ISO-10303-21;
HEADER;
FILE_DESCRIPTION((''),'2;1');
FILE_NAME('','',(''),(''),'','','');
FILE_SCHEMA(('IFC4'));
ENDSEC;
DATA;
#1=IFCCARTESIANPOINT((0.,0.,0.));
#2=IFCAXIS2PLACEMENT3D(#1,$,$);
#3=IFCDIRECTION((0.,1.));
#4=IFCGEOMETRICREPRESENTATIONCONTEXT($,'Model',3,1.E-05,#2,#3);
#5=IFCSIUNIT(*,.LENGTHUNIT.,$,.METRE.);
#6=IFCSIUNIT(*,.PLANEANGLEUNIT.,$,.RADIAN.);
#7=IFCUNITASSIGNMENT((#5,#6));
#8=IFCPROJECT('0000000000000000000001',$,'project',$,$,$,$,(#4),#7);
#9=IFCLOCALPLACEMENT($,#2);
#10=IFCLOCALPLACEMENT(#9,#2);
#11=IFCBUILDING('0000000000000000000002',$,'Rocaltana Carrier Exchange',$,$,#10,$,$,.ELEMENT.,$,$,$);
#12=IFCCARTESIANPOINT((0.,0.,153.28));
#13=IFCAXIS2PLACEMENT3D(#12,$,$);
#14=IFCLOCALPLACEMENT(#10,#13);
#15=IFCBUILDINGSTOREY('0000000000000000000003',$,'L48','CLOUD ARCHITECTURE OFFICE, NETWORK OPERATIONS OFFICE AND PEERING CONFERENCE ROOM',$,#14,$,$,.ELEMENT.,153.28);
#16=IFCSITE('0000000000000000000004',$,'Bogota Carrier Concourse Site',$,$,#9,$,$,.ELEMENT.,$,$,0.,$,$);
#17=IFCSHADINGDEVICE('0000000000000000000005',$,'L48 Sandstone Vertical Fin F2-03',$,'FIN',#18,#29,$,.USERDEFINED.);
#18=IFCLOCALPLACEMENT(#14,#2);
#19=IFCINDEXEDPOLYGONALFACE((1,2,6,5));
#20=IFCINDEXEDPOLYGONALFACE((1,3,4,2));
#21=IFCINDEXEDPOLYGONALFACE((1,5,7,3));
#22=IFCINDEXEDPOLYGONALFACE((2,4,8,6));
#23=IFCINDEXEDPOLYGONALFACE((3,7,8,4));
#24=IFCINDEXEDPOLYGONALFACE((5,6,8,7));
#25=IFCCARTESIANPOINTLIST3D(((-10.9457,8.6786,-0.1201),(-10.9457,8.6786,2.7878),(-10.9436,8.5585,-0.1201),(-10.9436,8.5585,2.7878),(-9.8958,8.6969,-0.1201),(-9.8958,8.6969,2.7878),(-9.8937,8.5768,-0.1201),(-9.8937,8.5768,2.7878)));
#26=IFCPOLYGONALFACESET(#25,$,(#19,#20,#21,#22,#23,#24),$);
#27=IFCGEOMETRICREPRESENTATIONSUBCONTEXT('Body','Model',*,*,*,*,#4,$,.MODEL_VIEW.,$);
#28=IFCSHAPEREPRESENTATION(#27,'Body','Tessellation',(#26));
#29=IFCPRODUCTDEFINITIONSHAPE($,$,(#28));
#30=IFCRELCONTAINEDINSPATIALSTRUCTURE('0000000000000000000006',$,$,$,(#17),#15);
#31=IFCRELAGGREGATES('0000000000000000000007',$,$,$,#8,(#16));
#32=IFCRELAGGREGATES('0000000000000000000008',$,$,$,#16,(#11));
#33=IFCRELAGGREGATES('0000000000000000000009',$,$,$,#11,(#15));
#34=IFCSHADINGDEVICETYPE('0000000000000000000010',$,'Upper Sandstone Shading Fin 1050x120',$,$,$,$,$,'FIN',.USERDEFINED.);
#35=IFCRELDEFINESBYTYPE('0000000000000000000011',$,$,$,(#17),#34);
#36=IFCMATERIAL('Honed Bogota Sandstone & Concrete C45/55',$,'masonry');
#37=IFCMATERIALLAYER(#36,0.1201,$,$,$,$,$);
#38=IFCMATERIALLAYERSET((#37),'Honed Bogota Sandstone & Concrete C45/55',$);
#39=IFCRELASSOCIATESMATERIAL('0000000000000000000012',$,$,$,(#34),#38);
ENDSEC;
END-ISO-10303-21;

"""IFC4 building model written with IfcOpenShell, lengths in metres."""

from ifc_helpers import new_model, si_unit, direction, frame, origin, origin_2d, place, context, subcontext, project, spatial, rectangle, extrude, material, layer, layer_set, type_object, element, save


model = new_model("IFC4")

# Units and contexts
model_context = context("Model", 3, precision=1e-05, world=origin(), true_north=direction((0.0, 1.0)))
body_context = subcontext(model_context, "Body", "Model", "MODEL_VIEW")
ifc_project = project(units=[si_unit("LENGTHUNIT", "METRE"), si_unit("PLANEANGLEUNIT", "RADIAN")], contexts=[model_context])

# Site, building, storey
site_placement = place(None, origin())
site = spatial("IfcSite", under=ifc_project, at=site_placement, Name="Bogota Carrier Concourse Site", CompositionType="ELEMENT", RefElevation=0.0)
building_placement = place(site_placement, origin())
building = spatial("IfcBuilding", under=site, at=building_placement, Name="Rocaltana Carrier Exchange", CompositionType="ELEMENT")
storey_placement = place(building_placement, frame((0.0, 0.0, 153.28)))
storey = spatial("IfcBuildingStorey", under=building, at=storey_placement, Name="L48", Description="CLOUD ARCHITECTURE OFFICE, NETWORK OPERATIONS OFFICE AND PEERING CONFERENCE ROOM", CompositionType="ELEMENT", Elevation=153.28)

# Shading device
ifc_material_1 = material(Name="Honed Bogota Sandstone & Concrete C45/55", Category="masonry")
ifc_layer_1 = layer(ifc_material_1, 0.1201)
ifc_layer_set_1 = layer_set([ifc_layer_1], Name="Honed Bogota Sandstone & Concrete C45/55")
shading_device_type = type_object("IfcShadingDeviceType", Name="Upper Sandstone Shading Fin 1050x120", ElementType="FIN", PredefinedType="USERDEFINED", material=ifc_layer_set_1)
shading_device_placement = place(storey_placement, frame((-10.4197, 8.6277, -0.1201), z_axis=(0.0, 0.0, 1.0), x_axis=(-0.999848, -0.017452, 0.0)))
element("IfcShadingDevice", 1, at=shading_device_placement, inside=storey, type_object=shading_device_type, Name="L48 Sandstone Vertical Fin F2-03", ObjectType="FIN", PredefinedType="USERDEFINED", context=body_context, shape_type="SweptSolid", body=[
    extrude(rectangle(XDim=1.05, YDim=0.1201, at=origin_2d()), origin(), (0.0, 0.0, 1.0), 2.908),
])

save(model, "model.ifc")
